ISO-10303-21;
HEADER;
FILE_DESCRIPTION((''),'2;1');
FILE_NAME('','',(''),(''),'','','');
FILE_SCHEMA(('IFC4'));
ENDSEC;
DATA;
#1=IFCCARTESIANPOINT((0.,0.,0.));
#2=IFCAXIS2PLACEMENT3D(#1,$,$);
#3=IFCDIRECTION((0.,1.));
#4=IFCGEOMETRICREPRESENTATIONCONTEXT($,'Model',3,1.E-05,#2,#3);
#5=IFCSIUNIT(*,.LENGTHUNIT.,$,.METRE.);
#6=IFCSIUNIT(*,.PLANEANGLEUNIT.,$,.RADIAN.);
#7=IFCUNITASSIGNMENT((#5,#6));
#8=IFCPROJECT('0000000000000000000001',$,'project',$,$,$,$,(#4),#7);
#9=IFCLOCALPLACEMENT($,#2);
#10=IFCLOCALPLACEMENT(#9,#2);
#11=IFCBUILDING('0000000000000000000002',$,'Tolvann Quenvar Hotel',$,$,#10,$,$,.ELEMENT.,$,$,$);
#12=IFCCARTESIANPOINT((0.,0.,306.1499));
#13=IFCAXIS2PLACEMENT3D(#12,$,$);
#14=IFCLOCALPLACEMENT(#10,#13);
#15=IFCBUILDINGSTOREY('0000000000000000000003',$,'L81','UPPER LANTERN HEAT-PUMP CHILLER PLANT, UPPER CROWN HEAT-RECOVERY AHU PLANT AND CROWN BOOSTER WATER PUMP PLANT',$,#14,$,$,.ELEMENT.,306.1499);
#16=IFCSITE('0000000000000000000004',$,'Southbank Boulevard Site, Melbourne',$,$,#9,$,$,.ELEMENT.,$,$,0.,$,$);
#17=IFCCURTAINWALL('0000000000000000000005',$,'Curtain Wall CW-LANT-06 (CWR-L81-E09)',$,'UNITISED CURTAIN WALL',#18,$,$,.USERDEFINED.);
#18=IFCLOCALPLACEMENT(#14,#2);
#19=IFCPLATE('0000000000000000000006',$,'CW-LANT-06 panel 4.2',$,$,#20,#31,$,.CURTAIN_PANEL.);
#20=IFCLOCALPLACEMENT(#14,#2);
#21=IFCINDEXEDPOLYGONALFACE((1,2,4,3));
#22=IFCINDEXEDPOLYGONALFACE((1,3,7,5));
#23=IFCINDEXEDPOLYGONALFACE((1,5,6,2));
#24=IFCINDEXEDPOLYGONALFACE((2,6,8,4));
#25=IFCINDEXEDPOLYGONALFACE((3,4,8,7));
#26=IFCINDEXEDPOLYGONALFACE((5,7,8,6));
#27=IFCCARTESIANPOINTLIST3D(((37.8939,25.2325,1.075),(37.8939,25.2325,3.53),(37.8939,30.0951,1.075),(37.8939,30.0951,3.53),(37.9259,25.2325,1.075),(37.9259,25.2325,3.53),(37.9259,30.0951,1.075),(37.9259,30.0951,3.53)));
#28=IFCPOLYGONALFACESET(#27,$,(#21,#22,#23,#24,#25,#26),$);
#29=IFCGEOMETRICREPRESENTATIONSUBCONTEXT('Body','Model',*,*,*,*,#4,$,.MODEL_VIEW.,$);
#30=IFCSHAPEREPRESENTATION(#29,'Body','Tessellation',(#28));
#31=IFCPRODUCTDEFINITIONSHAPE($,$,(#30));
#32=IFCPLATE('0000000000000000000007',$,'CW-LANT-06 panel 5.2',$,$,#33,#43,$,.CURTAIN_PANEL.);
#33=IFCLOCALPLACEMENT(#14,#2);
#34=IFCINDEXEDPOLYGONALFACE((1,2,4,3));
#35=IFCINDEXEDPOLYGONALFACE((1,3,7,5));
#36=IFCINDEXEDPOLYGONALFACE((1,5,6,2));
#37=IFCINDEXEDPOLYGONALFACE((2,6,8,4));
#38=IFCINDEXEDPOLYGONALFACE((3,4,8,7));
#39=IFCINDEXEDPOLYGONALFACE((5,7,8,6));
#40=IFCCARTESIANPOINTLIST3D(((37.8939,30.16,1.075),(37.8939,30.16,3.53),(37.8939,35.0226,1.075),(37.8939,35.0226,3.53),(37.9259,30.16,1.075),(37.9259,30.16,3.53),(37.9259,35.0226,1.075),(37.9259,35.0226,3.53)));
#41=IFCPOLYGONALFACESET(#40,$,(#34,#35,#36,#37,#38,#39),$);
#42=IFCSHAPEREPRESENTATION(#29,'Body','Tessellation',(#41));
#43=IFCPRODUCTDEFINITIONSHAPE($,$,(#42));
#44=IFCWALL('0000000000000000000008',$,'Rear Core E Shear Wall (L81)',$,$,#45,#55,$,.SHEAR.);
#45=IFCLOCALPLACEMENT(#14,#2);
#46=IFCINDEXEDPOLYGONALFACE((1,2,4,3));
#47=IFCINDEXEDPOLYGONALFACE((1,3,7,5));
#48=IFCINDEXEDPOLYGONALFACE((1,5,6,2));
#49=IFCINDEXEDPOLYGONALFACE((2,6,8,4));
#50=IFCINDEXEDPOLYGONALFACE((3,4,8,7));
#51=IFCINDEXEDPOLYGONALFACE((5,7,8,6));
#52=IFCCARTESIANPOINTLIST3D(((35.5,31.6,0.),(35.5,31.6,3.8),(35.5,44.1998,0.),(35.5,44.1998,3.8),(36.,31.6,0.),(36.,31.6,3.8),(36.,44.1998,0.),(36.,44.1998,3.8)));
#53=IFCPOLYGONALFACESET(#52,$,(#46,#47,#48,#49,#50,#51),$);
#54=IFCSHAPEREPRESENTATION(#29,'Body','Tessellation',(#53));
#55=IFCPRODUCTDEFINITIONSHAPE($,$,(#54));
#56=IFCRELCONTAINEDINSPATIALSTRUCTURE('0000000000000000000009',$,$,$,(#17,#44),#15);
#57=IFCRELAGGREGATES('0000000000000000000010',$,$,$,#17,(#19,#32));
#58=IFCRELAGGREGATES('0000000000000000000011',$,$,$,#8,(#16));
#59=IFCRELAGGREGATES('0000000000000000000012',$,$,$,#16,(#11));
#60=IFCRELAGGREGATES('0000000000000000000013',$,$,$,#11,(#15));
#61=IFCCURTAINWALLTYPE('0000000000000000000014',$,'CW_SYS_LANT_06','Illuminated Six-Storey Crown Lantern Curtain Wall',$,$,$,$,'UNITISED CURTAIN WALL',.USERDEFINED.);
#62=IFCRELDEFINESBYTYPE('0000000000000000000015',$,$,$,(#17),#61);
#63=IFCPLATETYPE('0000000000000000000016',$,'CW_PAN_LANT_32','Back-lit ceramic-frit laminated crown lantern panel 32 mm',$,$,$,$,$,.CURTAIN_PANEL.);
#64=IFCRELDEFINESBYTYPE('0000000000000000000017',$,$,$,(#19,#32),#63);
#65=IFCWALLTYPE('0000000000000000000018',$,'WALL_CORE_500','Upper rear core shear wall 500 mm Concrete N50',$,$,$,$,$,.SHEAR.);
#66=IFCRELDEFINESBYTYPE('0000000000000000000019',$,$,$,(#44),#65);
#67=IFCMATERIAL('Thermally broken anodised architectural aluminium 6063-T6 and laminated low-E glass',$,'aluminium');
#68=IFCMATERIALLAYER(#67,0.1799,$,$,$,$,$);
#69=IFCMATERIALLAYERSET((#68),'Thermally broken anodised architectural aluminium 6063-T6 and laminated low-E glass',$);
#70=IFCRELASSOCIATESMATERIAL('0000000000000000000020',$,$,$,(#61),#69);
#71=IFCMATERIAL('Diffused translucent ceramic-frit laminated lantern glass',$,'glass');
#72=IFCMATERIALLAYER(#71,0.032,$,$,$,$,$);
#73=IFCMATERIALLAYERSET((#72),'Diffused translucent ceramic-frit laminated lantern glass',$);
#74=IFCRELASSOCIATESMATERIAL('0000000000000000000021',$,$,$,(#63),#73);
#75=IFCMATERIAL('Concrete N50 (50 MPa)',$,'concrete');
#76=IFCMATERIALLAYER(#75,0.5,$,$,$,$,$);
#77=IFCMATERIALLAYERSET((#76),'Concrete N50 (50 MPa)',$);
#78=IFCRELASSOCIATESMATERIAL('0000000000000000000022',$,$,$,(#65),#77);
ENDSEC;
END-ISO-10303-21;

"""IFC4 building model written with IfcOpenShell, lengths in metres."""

from ifc_helpers import new_model, si_unit, direction, frame, frame_2d, origin, origin_2d, place, context, subcontext, project, spatial, rectangle, extrude, source, transform, mapped, material, layer, layer_set, type_object, element, aggregate, save


model = new_model("IFC4")

# Units and contexts
model_context = context("Model", 3, precision=1e-05, world=origin(), true_north=direction((0.0, 1.0)))
body_context = subcontext(model_context, "Body", "Model", "MODEL_VIEW")
ifc_project = project(units=[si_unit("LENGTHUNIT", "METRE"), si_unit("PLANEANGLEUNIT", "RADIAN")], contexts=[model_context])

# Site, building, storey
site_placement = place(None, origin())
site = spatial("IfcSite", under=ifc_project, at=site_placement, Name="Southbank Boulevard Site, Melbourne", CompositionType="ELEMENT", RefElevation=0.0)
building_placement = place(site_placement, origin())
building = spatial("IfcBuilding", under=site, at=building_placement, Name="Tolvann Quenvar Hotel", CompositionType="ELEMENT")
storey_placement = place(building_placement, frame((0.0, 0.0, 306.1499)))
storey = spatial("IfcBuildingStorey", under=building, at=storey_placement, Name="L81", Description="UPPER LANTERN HEAT-PUMP CHILLER PLANT, UPPER CROWN HEAT-RECOVERY AHU PLANT AND CROWN BOOSTER WATER PUMP PLANT", CompositionType="ELEMENT", Elevation=306.1499)

# Curtain wall
ifc_material_1 = material(Name="Thermally broken anodised architectural aluminium 6063-T6 and laminated low-E glass", Category="aluminium")
ifc_layer_1 = layer(ifc_material_1, 0.1799)
ifc_layer_set_1 = layer_set([ifc_layer_1], Name="Thermally broken anodised architectural aluminium 6063-T6 and laminated low-E glass")
curtain_wall_type = type_object("IfcCurtainWallType", Name="CW_SYS_LANT_06", Description="Illuminated Six-Storey Crown Lantern Curtain Wall", ElementType="UNITISED CURTAIN WALL", PredefinedType="USERDEFINED", material=ifc_layer_set_1)
curtain_wall_placement = place(storey_placement, origin())
curtain_wall = element("IfcCurtainWall", 1, at=curtain_wall_placement, inside=storey, type_object=curtain_wall_type, Name="Curtain Wall CW-LANT-06 (CWR-L81-E09)", ObjectType="UNITISED CURTAIN WALL", PredefinedType="USERDEFINED")

# Plates
ifc_material_2 = material(Name="Diffused translucent ceramic-frit laminated lantern glass", Category="glass")
ifc_layer_2 = layer(ifc_material_2, 0.032)
ifc_layer_set_2 = layer_set([ifc_layer_2], Name="Diffused translucent ceramic-frit laminated lantern glass")
plate_type_1 = type_object("IfcPlateType", Name="CW_PAN_LANT_32", Description="Back-lit ceramic-frit laminated crown lantern panel 32 mm", PredefinedType="CURTAIN_PANEL", material=ifc_layer_set_2)
shared_shape_1 = source(origin(), body_context, "Body", "SweptSolid", [
    extrude(rectangle(XDim=4.8625, YDim=0.032, at=origin_2d()), origin(), (0.0, 0.0, 1.0), 2.4551),
])
plate_1_placement = place(storey_placement, frame((37.9099, 27.6638, 1.075), z_axis=(0.0, 0.0, 1.0), x_axis=(0.0, 1.0, 0.0)))
plate_1 = element("IfcPlate", 2, at=plate_1_placement, type_object=plate_type_1, Name="CW-LANT-06 panel 4.2", PredefinedType="CURTAIN_PANEL", context=body_context, shape_type="MappedRepresentation", body=[
    mapped(shared_shape_1, transform((0.0, 0.0, 0.0), x_axis=(1.0, 0.0, 0.0), y_axis=(0.0, 1.0, 0.0), z_axis=(0.0, 0.0, 1.0), scale=1.0)),
])
plate_2_placement = place(storey_placement, frame((37.9099, 32.5913, 1.075), z_axis=(0.0, 0.0, 1.0), x_axis=(0.0, 1.0, 0.0)))
plate_2 = element("IfcPlate", 3, at=plate_2_placement, type_object=plate_type_1, Name="CW-LANT-06 panel 5.2", PredefinedType="CURTAIN_PANEL", context=body_context, shape_type="MappedRepresentation", body=[
    mapped(shared_shape_1, transform((0.0, 0.0, 0.0), x_axis=(1.0, 0.0, 0.0), y_axis=(0.0, 1.0, 0.0), z_axis=(0.0, 0.0, 1.0), scale=1.0)),
])
aggregate(curtain_wall, [plate_1, plate_2])

# Wall
ifc_material_3 = material(Name="Concrete N50 (50 MPa)", Category="concrete")
ifc_layer_3 = layer(ifc_material_3, 0.5)
ifc_layer_set_3 = layer_set([ifc_layer_3], Name="Concrete N50 (50 MPa)")
wall_type = type_object("IfcWallType", Name="WALL_CORE_500", Description="Upper rear core shear wall 500 mm Concrete N50", PredefinedType="SHEAR", material=ifc_layer_set_3)
wall_placement = place(storey_placement, frame((35.75, 31.6001, 0.0), z_axis=(0.0, 0.0, 1.0), x_axis=(0.0, 1.0, 0.0)))
element("IfcWall", 4, at=wall_placement, inside=storey, type_object=wall_type, Name="Rear Core E Shear Wall (L81)", PredefinedType="SHEAR", context=body_context, shape_type="SweptSolid", body=[
    extrude(rectangle(XDim=12.5999, YDim=0.5, at=frame_2d((6.2998, 0.0))), origin(), (0.0, 0.0, 1.0), 3.8),
])

save(model, "model.ifc")
